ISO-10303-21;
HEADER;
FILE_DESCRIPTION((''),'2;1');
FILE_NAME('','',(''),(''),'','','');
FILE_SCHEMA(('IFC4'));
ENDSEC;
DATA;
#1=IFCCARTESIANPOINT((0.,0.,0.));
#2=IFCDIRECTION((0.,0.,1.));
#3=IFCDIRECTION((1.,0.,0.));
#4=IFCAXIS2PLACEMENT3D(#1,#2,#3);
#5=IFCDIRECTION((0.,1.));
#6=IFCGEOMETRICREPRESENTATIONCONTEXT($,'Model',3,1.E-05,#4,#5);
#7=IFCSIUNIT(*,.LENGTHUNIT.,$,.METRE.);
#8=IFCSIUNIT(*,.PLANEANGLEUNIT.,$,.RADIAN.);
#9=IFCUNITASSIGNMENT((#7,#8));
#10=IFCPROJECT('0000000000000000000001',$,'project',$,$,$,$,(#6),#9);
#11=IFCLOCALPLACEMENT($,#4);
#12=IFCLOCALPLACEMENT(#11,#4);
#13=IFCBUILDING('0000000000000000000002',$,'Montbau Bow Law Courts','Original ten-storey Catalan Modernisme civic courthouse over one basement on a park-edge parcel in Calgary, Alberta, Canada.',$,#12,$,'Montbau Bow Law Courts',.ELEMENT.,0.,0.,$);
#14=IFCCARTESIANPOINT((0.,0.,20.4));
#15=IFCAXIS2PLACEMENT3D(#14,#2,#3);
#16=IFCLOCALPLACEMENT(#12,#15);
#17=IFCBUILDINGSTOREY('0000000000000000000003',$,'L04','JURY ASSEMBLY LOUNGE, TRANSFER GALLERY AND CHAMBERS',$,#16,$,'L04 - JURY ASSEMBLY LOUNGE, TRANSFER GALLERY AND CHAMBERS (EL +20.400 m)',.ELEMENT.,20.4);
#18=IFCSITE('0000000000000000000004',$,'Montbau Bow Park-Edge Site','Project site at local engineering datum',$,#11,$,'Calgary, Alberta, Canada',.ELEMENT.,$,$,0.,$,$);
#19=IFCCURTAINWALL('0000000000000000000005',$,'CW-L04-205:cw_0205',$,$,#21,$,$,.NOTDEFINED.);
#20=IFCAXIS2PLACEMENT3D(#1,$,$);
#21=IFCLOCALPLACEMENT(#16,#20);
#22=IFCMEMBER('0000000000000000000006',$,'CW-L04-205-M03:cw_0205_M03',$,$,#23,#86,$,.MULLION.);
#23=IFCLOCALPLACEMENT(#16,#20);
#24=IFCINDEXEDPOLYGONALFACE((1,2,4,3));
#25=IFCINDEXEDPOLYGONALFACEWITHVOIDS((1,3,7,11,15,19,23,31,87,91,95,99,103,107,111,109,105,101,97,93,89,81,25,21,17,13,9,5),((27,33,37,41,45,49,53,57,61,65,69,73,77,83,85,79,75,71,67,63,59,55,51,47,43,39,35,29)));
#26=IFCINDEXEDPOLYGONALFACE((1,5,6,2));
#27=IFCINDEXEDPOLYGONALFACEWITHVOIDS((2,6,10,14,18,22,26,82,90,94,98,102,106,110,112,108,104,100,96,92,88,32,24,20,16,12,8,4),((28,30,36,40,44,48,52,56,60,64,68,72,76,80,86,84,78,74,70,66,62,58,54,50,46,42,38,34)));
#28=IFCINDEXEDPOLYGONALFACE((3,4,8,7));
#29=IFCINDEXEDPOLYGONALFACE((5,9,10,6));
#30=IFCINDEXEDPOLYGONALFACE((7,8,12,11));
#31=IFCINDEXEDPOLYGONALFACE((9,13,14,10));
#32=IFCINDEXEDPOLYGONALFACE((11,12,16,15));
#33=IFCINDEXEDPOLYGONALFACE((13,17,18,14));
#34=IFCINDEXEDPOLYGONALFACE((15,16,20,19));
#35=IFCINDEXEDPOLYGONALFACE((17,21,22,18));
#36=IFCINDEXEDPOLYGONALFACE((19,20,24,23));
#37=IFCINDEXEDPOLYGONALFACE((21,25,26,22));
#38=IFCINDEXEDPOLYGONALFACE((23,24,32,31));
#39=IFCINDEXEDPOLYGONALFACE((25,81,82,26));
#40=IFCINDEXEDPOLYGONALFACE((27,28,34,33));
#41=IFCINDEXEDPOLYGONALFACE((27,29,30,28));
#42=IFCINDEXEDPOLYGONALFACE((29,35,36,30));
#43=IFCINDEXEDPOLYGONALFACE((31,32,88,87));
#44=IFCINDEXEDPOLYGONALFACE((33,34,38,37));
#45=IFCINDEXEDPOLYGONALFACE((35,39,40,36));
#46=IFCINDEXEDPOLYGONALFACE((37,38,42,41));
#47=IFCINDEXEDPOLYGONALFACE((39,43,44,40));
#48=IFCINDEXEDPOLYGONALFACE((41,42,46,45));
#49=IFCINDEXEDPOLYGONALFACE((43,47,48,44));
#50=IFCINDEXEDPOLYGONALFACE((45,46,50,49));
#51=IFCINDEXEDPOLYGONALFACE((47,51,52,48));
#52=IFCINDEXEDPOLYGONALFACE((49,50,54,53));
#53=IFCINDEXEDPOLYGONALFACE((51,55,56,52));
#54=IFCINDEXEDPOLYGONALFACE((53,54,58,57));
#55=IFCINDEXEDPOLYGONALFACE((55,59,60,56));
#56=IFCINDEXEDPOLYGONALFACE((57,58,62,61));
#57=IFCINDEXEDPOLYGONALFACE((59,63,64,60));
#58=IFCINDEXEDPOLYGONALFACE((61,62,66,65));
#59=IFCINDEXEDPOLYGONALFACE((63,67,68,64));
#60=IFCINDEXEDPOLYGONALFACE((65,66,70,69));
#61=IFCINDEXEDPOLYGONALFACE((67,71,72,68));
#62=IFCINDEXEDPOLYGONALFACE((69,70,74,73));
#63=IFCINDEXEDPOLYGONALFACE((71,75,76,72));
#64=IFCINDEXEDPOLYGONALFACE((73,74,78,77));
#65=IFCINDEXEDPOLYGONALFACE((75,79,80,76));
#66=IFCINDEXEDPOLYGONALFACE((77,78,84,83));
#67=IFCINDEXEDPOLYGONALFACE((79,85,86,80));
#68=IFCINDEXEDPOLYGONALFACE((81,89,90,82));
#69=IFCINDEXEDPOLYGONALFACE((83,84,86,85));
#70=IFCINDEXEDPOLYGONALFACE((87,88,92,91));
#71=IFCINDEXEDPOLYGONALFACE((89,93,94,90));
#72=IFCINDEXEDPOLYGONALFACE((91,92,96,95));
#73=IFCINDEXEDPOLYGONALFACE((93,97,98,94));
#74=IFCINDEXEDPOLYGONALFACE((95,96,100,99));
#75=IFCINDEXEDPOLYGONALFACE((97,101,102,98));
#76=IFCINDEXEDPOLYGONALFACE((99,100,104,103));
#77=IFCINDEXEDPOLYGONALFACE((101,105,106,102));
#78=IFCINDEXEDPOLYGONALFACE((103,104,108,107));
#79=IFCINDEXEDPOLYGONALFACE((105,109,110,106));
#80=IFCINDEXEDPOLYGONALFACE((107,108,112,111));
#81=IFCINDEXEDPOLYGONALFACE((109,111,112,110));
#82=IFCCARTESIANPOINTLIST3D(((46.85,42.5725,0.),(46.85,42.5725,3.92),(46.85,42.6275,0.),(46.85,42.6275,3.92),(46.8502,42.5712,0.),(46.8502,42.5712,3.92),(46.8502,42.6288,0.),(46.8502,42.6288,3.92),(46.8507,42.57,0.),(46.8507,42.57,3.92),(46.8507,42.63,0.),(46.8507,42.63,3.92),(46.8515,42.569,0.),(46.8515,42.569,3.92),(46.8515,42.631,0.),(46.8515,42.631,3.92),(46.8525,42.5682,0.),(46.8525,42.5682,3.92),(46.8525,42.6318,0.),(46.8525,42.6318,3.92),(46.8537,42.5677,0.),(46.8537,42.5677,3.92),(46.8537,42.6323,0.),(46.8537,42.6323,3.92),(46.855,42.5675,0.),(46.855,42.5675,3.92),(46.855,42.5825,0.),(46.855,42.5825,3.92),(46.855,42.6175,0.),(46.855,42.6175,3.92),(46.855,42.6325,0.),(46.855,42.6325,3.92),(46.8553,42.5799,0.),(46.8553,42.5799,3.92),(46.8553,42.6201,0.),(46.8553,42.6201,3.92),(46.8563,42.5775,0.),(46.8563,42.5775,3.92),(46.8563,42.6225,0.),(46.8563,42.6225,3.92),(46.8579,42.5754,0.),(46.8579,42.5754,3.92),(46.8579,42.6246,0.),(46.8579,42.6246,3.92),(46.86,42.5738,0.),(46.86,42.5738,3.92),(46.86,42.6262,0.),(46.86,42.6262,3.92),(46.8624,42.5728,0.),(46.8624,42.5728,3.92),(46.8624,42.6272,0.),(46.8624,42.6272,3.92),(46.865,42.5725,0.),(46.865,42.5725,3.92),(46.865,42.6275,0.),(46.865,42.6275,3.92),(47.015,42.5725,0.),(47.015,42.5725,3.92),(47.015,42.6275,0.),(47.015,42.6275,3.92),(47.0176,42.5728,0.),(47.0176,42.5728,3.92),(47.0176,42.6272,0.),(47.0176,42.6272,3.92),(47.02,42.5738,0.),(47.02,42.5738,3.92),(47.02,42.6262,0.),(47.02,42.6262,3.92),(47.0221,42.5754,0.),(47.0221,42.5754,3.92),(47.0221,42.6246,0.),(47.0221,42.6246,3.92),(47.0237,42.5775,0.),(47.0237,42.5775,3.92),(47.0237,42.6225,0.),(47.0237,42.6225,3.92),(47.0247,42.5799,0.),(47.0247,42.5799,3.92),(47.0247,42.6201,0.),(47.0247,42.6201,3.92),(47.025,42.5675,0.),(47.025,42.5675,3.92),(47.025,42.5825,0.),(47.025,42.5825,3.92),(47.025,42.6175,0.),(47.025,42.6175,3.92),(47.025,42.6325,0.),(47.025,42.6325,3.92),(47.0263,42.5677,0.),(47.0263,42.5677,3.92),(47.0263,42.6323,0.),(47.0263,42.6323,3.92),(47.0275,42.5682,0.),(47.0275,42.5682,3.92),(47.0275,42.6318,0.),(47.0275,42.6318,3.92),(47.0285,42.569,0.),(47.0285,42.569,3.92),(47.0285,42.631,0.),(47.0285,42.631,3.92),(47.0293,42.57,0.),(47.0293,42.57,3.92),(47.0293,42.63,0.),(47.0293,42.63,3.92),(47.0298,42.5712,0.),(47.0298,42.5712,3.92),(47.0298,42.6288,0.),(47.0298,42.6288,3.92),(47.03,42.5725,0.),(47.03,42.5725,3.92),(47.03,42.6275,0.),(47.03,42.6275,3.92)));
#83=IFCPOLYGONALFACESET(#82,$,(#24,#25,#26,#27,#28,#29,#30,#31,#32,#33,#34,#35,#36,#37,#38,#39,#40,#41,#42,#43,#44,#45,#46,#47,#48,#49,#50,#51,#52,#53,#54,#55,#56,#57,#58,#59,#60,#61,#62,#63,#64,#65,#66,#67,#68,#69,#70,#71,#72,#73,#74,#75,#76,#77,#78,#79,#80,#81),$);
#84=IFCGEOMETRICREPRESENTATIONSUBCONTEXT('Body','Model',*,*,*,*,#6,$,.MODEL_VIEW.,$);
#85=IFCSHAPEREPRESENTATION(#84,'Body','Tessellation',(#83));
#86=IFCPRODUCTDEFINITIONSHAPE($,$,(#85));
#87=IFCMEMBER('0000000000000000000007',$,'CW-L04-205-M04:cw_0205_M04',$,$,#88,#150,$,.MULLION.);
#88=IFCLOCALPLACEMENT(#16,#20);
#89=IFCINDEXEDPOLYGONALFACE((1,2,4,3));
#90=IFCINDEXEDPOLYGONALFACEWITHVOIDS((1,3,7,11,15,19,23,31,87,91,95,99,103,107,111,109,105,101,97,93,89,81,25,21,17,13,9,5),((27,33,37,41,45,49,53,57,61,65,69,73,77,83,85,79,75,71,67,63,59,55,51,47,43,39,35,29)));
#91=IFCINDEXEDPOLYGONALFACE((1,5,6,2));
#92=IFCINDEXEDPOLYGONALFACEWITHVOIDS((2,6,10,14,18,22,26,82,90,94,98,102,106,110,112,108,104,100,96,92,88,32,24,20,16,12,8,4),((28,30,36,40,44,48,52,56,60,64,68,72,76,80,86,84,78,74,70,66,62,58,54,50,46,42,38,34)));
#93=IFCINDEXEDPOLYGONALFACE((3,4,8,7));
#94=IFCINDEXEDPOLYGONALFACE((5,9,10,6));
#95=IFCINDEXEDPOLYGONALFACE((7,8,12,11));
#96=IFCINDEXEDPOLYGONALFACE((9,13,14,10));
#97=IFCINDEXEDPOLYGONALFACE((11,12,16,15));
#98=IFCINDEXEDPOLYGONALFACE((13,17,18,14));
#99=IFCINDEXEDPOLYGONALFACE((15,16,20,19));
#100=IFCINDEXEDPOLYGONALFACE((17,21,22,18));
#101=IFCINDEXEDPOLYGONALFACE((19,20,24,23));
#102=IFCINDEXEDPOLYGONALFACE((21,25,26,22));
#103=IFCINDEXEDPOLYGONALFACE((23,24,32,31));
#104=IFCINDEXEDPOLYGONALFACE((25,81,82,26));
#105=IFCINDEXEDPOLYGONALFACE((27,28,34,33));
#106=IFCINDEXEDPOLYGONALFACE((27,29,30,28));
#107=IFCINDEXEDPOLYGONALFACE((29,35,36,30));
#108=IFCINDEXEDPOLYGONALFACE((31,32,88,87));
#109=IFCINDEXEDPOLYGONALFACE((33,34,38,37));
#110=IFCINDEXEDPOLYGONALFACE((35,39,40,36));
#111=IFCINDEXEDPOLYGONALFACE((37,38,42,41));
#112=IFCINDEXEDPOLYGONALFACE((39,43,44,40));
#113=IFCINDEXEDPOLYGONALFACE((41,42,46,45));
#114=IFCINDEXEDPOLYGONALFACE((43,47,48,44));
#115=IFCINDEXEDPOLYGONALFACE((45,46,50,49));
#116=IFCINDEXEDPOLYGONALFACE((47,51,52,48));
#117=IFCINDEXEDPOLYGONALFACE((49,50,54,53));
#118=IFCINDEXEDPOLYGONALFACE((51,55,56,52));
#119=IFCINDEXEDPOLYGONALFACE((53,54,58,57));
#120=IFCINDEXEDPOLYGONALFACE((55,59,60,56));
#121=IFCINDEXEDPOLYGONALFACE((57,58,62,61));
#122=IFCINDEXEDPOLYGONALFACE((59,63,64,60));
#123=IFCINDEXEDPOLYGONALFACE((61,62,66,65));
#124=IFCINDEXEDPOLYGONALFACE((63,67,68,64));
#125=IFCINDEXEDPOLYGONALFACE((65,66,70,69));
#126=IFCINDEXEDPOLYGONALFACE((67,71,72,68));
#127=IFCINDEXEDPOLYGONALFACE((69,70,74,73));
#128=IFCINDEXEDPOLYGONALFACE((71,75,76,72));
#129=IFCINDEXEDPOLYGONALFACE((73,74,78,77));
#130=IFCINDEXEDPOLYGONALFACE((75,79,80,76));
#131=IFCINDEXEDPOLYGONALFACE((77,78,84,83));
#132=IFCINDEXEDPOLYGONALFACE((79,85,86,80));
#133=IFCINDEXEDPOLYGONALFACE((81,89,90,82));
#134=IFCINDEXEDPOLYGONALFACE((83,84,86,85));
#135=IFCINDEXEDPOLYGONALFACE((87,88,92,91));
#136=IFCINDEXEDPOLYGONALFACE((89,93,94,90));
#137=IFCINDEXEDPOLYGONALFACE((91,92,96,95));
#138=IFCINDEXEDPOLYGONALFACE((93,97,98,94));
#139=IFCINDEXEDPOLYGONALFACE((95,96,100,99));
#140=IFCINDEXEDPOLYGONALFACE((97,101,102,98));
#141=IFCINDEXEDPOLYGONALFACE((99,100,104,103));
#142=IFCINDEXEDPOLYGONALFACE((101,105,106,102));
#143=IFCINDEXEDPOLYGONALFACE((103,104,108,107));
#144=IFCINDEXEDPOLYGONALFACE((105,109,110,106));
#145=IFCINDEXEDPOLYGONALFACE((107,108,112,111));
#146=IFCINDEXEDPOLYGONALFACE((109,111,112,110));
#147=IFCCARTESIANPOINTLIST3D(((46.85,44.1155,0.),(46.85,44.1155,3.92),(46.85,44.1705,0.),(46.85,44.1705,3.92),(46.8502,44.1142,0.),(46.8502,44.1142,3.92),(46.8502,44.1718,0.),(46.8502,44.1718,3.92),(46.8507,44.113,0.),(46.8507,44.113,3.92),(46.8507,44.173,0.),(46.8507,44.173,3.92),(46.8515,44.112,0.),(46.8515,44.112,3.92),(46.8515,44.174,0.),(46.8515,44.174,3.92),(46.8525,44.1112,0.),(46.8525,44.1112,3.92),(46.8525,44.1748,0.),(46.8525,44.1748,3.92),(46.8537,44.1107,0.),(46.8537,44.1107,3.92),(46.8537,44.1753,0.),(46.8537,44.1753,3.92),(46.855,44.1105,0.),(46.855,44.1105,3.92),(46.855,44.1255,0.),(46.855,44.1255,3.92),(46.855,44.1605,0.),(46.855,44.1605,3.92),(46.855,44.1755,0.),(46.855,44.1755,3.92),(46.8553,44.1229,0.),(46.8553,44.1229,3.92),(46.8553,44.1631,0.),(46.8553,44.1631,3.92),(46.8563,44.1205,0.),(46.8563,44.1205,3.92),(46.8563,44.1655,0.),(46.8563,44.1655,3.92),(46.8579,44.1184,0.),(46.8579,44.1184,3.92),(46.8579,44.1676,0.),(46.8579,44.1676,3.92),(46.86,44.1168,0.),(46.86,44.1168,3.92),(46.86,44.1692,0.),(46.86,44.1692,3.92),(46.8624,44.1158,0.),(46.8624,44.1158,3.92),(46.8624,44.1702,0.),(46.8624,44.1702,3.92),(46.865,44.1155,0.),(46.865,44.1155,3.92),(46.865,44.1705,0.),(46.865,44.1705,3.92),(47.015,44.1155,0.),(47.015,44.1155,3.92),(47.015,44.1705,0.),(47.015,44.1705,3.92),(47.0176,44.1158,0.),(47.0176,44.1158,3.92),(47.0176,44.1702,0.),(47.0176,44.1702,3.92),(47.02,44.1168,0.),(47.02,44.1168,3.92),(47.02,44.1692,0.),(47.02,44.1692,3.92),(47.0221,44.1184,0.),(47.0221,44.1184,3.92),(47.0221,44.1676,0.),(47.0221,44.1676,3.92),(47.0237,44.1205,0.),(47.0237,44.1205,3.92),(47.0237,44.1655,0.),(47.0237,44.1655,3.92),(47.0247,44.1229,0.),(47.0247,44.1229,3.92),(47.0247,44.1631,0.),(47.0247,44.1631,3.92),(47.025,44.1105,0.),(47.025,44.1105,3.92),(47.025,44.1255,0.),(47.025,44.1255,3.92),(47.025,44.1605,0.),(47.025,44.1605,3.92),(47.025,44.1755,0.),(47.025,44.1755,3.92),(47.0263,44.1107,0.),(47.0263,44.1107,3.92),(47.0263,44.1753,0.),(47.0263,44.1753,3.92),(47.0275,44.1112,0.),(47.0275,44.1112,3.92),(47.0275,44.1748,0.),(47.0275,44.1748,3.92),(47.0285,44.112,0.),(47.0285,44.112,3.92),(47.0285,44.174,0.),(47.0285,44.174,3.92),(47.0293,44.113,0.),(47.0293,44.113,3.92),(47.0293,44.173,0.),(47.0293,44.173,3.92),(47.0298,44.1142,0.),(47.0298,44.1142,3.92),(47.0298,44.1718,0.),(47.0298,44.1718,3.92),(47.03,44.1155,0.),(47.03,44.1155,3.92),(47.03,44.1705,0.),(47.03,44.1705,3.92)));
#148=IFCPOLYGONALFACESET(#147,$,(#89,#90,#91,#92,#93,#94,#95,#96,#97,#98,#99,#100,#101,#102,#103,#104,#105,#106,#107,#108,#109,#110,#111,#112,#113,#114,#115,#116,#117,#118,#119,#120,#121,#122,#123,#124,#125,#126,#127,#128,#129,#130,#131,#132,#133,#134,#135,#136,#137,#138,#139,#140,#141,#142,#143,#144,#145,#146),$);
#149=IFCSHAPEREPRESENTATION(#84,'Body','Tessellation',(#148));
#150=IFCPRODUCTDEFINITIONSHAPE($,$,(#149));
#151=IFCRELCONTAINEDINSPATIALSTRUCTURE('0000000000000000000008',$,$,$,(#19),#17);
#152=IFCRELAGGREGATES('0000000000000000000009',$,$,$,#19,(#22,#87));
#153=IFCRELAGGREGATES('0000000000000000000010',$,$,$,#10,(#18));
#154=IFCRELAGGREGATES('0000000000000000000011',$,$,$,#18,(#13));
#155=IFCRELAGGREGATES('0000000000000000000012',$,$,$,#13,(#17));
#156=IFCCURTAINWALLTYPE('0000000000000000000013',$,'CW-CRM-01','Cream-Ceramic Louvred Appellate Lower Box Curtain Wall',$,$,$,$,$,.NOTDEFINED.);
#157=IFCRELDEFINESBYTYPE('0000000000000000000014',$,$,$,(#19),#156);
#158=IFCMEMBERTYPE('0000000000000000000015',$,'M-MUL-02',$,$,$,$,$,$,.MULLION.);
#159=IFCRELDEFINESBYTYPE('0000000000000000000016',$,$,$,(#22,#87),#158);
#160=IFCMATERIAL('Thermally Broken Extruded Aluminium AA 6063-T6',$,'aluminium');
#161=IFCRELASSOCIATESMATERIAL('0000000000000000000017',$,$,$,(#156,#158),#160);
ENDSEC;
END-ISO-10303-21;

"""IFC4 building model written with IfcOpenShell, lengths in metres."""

from ifc_helpers import new_model, si_unit, direction, frame, origin_with_axes, origin_2d_with_axis, place, context, subcontext, project, spatial, hollow_rectangle, extrude, material, material_profile, profile_set, type_object, element, aggregate, save


model = new_model("IFC4")

# Units and contexts
model_context = context("Model", 3, precision=1e-05, world=origin_with_axes(), true_north=direction((0.0, 1.0)))
body_context = subcontext(model_context, "Body", "Model", "MODEL_VIEW")
ifc_project = project(units=[si_unit("LENGTHUNIT", "METRE"), si_unit("PLANEANGLEUNIT", "RADIAN")], contexts=[model_context])

# Site, building, storey
site_placement = place(None, origin_with_axes())
site = spatial("IfcSite", under=ifc_project, at=site_placement, Name="Montbau Bow Park-Edge Site", Description="Project site at local engineering datum", LongName="Calgary, Alberta, Canada", CompositionType="ELEMENT", RefElevation=0.0)
building_placement = place(site_placement, origin_with_axes())
building = spatial("IfcBuilding", under=site, at=building_placement, Name="Montbau Bow Law Courts", Description="Original ten-storey Catalan Modernisme civic courthouse over one basement on a park-edge parcel in Calgary, Alberta, Canada.", LongName="Montbau Bow Law Courts", CompositionType="ELEMENT", ElevationOfRefHeight=0.0, ElevationOfTerrain=0.0)
storey_placement = place(building_placement, frame((0.0, 0.0, 20.4), z_axis=(0.0, 0.0, 1.0), x_axis=(1.0, 0.0, 0.0)))
storey = spatial("IfcBuildingStorey", under=building, at=storey_placement, Name="L04", Description="JURY ASSEMBLY LOUNGE, TRANSFER GALLERY AND CHAMBERS", LongName="L04 - JURY ASSEMBLY LOUNGE, TRANSFER GALLERY AND CHAMBERS (EL +20.400 m)", CompositionType="ELEMENT", Elevation=20.4)

# Curtain wall, members
ifc_material_1 = material(Name="Thermally Broken Extruded Aluminium AA 6063-T6", Category="aluminium")
curtain_wall_type = type_object("IfcCurtainWallType", Name="CW-CRM-01", Description="Cream-Ceramic Louvred Appellate Lower Box Curtain Wall", PredefinedType="NOTDEFINED", material=ifc_material_1)
curtain_wall_1_placement = place(None, frame((46.94, 39.515, 20.4), z_axis=(0.0, 0.0, 1.0), x_axis=(1.0, 0.0, 0.0)))
curtain_wall_1 = element("IfcCurtainWall", 1, at=curtain_wall_1_placement, inside=storey, type_object=curtain_wall_type, Name="CW-L04-205:cw_0205", PredefinedType="NOTDEFINED")
ifc_material_profile_1 = material_profile(ifc_material_1, hollow_rectangle(XDim=0.065, YDim=0.18, WallThickness=0.005, InnerFilletRadius=0.01, OuterFilletRadius=0.005, at=origin_2d_with_axis()), Name="CWM-180X65", Category="Main", Priority=0)
ifc_profile_set_1 = profile_set([ifc_material_profile_1], Name="Thermally Broken Extruded Aluminium AA 6063-T6")
member_type_1 = type_object("IfcMemberType", Name="M-MUL-02", PredefinedType="MULLION", material=ifc_profile_set_1)
member_1_placement = place(None, frame((46.94, 42.6, 20.4), z_axis=(0.0, 0.0, 1.0), x_axis=(0.0, 1.0, 0.0)))
member_1 = element("IfcMember", 2, at=member_1_placement, type_object=member_type_1, Name="CW-L04-205-M03:cw_0205_M03", PredefinedType="MULLION", context=body_context, shape_type="SweptSolid", body=[
    extrude(hollow_rectangle(XDim=0.065, YDim=0.18, WallThickness=0.005, InnerFilletRadius=0.01, OuterFilletRadius=0.005, at=origin_2d_with_axis()), origin_with_axes(), (0.0, 0.0, 1.0), 3.92),
])
member_2_placement = place(None, frame((46.94, 44.143, 20.4), z_axis=(0.0, 0.0, 1.0), x_axis=(0.0, 1.0, 0.0)))
member_2 = element("IfcMember", 3, at=member_2_placement, type_object=member_type_1, Name="CW-L04-205-M04:cw_0205_M04", PredefinedType="MULLION", context=body_context, shape_type="SweptSolid", body=[
    extrude(hollow_rectangle(XDim=0.065, YDim=0.18, WallThickness=0.005, InnerFilletRadius=0.01, OuterFilletRadius=0.005, at=origin_2d_with_axis()), origin_with_axes(), (0.0, 0.0, 1.0), 3.92),
])

aggregate(curtain_wall_1, [member_1, member_2])

save(model, "model.ifc")
